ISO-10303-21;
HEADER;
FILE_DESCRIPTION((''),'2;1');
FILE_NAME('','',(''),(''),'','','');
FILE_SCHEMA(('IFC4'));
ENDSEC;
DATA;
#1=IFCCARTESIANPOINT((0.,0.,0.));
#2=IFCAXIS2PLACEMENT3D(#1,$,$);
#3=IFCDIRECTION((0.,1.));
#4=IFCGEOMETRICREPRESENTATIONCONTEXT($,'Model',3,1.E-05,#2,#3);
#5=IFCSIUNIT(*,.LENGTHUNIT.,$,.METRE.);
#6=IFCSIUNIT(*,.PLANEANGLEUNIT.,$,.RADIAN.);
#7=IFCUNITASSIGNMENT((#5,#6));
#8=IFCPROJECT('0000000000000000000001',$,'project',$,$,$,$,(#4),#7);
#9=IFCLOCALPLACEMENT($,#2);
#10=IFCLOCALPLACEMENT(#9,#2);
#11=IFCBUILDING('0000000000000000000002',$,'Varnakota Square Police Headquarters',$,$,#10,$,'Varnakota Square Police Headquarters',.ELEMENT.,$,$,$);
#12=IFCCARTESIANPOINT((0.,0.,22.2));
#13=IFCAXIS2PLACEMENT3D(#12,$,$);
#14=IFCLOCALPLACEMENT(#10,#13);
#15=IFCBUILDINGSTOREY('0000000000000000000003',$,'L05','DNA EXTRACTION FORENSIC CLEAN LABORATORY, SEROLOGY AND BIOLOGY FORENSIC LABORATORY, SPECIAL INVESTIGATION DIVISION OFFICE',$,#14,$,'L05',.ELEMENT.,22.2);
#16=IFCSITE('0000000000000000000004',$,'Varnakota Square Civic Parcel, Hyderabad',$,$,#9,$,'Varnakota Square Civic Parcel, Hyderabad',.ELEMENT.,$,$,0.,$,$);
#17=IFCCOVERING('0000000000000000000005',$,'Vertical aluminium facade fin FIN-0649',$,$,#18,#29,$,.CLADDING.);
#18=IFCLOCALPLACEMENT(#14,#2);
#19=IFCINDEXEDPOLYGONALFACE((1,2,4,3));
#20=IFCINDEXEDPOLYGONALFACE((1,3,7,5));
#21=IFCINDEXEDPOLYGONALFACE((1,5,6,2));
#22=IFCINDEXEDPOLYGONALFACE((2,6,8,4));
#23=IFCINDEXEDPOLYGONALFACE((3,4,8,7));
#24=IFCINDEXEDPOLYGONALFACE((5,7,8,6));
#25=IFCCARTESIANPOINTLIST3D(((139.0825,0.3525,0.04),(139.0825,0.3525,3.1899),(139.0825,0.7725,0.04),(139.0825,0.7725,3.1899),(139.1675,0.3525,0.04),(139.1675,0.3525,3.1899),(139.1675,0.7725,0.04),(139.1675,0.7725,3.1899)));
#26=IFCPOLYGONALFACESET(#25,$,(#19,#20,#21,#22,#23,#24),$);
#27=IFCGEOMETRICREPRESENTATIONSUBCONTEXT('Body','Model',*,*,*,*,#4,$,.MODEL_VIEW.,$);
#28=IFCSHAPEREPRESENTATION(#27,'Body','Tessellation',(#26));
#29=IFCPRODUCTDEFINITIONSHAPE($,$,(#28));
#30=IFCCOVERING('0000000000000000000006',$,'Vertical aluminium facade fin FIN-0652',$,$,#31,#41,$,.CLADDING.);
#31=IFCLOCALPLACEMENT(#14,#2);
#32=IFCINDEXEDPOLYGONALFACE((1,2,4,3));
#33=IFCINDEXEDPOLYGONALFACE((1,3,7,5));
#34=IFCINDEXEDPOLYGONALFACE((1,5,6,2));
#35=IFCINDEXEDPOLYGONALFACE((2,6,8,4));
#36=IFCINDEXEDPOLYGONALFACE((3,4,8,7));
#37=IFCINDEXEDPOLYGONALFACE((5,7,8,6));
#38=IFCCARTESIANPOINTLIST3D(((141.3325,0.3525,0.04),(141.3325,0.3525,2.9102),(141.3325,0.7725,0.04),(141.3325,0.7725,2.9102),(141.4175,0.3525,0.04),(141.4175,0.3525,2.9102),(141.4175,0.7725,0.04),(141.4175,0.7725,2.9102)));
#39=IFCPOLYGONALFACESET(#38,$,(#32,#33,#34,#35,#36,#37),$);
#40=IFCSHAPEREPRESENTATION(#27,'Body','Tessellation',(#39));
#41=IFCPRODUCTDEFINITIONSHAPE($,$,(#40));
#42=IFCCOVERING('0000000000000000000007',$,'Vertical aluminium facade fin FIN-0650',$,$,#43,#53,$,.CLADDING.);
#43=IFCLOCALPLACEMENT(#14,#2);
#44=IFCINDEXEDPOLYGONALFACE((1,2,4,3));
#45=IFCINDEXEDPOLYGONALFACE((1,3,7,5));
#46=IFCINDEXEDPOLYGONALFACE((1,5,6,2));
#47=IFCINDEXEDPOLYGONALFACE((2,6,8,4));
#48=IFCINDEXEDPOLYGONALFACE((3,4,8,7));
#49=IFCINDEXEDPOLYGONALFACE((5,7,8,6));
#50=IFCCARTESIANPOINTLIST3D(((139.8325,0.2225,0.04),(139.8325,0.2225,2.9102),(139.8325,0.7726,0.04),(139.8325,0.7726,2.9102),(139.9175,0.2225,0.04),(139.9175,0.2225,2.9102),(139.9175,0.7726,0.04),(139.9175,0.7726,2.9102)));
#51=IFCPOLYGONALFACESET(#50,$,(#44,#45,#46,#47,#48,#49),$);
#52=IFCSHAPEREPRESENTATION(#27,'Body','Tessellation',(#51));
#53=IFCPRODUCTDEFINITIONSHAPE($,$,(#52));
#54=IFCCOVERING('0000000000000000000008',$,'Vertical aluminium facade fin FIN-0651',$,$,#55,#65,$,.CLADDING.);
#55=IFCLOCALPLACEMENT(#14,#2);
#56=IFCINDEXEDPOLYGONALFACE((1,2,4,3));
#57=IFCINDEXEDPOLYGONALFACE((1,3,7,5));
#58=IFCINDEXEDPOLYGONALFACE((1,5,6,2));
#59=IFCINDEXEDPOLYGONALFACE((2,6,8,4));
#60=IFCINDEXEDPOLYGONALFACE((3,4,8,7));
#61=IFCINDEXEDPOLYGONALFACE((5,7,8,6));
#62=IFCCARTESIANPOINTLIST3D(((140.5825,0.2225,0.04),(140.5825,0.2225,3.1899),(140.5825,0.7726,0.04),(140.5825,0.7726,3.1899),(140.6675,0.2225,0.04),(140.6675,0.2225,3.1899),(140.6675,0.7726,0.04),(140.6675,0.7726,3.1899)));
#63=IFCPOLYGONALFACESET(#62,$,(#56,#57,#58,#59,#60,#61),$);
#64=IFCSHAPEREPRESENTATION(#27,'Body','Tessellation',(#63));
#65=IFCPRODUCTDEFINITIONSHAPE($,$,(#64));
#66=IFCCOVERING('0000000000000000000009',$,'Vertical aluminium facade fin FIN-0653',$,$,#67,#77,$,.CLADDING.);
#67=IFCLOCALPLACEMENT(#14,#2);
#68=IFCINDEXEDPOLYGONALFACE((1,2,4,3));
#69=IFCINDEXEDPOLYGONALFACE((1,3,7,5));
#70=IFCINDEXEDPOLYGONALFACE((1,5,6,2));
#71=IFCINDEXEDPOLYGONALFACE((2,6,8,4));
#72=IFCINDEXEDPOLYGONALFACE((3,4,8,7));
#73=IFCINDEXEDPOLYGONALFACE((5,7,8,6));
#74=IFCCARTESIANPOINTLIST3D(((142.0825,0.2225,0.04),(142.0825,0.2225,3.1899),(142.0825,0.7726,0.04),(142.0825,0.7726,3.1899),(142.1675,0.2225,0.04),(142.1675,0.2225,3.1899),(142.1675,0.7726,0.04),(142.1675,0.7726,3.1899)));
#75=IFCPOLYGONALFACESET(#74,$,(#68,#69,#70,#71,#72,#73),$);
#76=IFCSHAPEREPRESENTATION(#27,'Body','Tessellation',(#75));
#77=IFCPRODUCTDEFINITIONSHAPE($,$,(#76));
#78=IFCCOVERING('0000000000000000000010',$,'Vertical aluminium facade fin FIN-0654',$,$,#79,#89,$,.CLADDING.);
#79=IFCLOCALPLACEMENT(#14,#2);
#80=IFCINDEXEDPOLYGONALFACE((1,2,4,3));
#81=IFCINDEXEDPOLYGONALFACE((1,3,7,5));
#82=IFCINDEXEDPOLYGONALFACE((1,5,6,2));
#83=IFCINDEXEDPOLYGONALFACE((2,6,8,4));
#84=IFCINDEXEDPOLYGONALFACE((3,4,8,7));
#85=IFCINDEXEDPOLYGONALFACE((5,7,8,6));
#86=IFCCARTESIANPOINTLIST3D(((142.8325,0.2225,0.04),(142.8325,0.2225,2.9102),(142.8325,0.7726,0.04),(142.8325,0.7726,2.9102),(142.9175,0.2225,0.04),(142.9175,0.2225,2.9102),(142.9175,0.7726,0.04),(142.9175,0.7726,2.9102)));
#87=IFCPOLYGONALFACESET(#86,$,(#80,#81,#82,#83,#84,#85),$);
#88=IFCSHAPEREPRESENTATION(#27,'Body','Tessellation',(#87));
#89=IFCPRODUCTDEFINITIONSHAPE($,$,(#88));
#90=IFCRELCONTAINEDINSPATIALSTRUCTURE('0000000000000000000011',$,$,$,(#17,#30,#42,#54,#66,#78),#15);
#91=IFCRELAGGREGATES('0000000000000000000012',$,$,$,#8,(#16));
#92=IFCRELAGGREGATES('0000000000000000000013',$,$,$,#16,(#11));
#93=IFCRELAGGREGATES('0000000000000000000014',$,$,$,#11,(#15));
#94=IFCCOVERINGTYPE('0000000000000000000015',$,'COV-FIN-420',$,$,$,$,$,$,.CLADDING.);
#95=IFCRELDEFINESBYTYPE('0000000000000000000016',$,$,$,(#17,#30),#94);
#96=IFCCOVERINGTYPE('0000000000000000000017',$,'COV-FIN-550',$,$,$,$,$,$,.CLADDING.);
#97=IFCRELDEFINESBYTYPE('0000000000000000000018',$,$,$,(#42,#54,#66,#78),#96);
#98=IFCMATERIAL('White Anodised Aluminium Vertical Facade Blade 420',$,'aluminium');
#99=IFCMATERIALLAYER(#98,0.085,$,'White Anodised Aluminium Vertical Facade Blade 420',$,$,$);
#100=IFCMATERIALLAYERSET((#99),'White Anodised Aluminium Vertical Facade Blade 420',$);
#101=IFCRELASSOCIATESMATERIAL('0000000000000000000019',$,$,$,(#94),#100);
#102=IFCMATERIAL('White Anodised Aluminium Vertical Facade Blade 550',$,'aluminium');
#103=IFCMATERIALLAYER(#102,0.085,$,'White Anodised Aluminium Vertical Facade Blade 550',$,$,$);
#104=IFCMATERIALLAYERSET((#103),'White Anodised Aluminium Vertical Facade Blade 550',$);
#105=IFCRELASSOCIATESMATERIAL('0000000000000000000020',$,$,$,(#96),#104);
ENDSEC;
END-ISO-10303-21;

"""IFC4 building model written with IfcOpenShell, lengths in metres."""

from ifc_helpers import new_model, si_unit, direction, frame, origin, origin_2d, place, context, subcontext, project, spatial, rectangle, extrude, material, layer, layer_set, type_object, element, save


model = new_model("IFC4")

# Units and contexts
model_context = context("Model", 3, precision=1e-05, world=origin(), true_north=direction((0.0, 1.0)))
body_context = subcontext(model_context, "Body", "Model", "MODEL_VIEW")
ifc_project = project(units=[si_unit("LENGTHUNIT", "METRE"), si_unit("PLANEANGLEUNIT", "RADIAN")], contexts=[model_context])

# Site, building, storey
site_placement = place(None, origin())
site = spatial("IfcSite", under=ifc_project, at=site_placement, Name="Varnakota Square Civic Parcel, Hyderabad", LongName="Varnakota Square Civic Parcel, Hyderabad", CompositionType="ELEMENT", RefElevation=0.0)
building_placement = place(site_placement, origin())
building = spatial("IfcBuilding", under=site, at=building_placement, Name="Varnakota Square Police Headquarters", LongName="Varnakota Square Police Headquarters", CompositionType="ELEMENT")
storey_placement = place(building_placement, frame((0.0, 0.0, 22.2)))
storey = spatial("IfcBuildingStorey", under=building, at=storey_placement, Name="L05", Description="DNA EXTRACTION FORENSIC CLEAN LABORATORY, SEROLOGY AND BIOLOGY FORENSIC LABORATORY, SPECIAL INVESTIGATION DIVISION OFFICE", LongName="L05", CompositionType="ELEMENT", Elevation=22.2)

# Coverings
ifc_material_1 = material(Name="White Anodised Aluminium Vertical Facade Blade 420", Category="aluminium")
ifc_layer_1 = layer(ifc_material_1, 0.085, Name="White Anodised Aluminium Vertical Facade Blade 420")
ifc_layer_set_1 = layer_set([ifc_layer_1], Name="White Anodised Aluminium Vertical Facade Blade 420")
covering_type_1 = type_object("IfcCoveringType", Name="COV-FIN-420", PredefinedType="CLADDING", material=ifc_layer_set_1)
covering_1_placement = place(storey_placement, frame((139.125, 0.5625, 0.04), z_axis=(0.0, 0.0, 1.0), x_axis=(1.0, 0.0, 0.0)))
element("IfcCovering", 1, at=covering_1_placement, inside=storey, type_object=covering_type_1, Name="Vertical aluminium facade fin FIN-0649", PredefinedType="CLADDING", context=body_context, shape_type="SweptSolid", body=[
    extrude(rectangle(XDim=0.085, YDim=0.4199, at=origin_2d()), origin(), (0.0, 0.0, 1.0), 3.1499),
])
covering_2_placement = place(storey_placement, frame((141.375, 0.5625, 0.04), z_axis=(0.0, 0.0, 1.0), x_axis=(1.0, 0.0, 0.0)))
element("IfcCovering", 2, at=covering_2_placement, inside=storey, type_object=covering_type_1, Name="Vertical aluminium facade fin FIN-0652", PredefinedType="CLADDING", context=body_context, shape_type="SweptSolid", body=[
    extrude(rectangle(XDim=0.085, YDim=0.4199, at=origin_2d()), origin(), (0.0, 0.0, 1.0), 2.8701),
])
ifc_material_2 = material(Name="White Anodised Aluminium Vertical Facade Blade 550", Category="aluminium")
ifc_layer_2 = layer(ifc_material_2, 0.085, Name="White Anodised Aluminium Vertical Facade Blade 550")
ifc_layer_set_2 = layer_set([ifc_layer_2], Name="White Anodised Aluminium Vertical Facade Blade 550")
covering_type_2 = type_object("IfcCoveringType", Name="COV-FIN-550", PredefinedType="CLADDING", material=ifc_layer_set_2)
covering_3_placement = place(storey_placement, frame((139.875, 0.4976, 0.04), z_axis=(0.0, 0.0, 1.0), x_axis=(1.0, 0.0, 0.0)))
element("IfcCovering", 3, at=covering_3_placement, inside=storey, type_object=covering_type_2, Name="Vertical aluminium facade fin FIN-0650", PredefinedType="CLADDING", context=body_context, shape_type="SweptSolid", body=[
    extrude(rectangle(XDim=0.085, YDim=0.55, at=origin_2d()), origin(), (0.0, 0.0, 1.0), 2.8701),
])
for number, where, z_axis, x_axis, name in (
    (4, (140.625, 0.4976, 0.04), (0.0, 0.0, 1.0), (1.0, 0.0, 0.0), "Vertical aluminium facade fin FIN-0651"),
    (5, (142.125, 0.4976, 0.04), (0.0, 0.0, 1.0), (1.0, 0.0, 0.0), "Vertical aluminium facade fin FIN-0653"),
):
    element("IfcCovering", number, at=place(storey_placement, frame(where, z_axis=z_axis, x_axis=x_axis)), inside=storey, type_object=covering_type_2, Name=name, PredefinedType="CLADDING", context=body_context, shape_type="SweptSolid", body=[
        extrude(rectangle(XDim=0.085, YDim=0.55, at=origin_2d()), origin(), (0.0, 0.0, 1.0), 3.1499),
    ])
covering_4_placement = place(storey_placement, frame((142.875, 0.4976, 0.04), z_axis=(0.0, 0.0, 1.0), x_axis=(1.0, 0.0, 0.0)))
element("IfcCovering", 6, at=covering_4_placement, inside=storey, type_object=covering_type_2, Name="Vertical aluminium facade fin FIN-0654", PredefinedType="CLADDING", context=body_context, shape_type="SweptSolid", body=[
    extrude(rectangle(XDim=0.085, YDim=0.55, at=origin_2d()), origin(), (0.0, 0.0, 1.0), 2.8701),
])

save(model, "model.ifc")
